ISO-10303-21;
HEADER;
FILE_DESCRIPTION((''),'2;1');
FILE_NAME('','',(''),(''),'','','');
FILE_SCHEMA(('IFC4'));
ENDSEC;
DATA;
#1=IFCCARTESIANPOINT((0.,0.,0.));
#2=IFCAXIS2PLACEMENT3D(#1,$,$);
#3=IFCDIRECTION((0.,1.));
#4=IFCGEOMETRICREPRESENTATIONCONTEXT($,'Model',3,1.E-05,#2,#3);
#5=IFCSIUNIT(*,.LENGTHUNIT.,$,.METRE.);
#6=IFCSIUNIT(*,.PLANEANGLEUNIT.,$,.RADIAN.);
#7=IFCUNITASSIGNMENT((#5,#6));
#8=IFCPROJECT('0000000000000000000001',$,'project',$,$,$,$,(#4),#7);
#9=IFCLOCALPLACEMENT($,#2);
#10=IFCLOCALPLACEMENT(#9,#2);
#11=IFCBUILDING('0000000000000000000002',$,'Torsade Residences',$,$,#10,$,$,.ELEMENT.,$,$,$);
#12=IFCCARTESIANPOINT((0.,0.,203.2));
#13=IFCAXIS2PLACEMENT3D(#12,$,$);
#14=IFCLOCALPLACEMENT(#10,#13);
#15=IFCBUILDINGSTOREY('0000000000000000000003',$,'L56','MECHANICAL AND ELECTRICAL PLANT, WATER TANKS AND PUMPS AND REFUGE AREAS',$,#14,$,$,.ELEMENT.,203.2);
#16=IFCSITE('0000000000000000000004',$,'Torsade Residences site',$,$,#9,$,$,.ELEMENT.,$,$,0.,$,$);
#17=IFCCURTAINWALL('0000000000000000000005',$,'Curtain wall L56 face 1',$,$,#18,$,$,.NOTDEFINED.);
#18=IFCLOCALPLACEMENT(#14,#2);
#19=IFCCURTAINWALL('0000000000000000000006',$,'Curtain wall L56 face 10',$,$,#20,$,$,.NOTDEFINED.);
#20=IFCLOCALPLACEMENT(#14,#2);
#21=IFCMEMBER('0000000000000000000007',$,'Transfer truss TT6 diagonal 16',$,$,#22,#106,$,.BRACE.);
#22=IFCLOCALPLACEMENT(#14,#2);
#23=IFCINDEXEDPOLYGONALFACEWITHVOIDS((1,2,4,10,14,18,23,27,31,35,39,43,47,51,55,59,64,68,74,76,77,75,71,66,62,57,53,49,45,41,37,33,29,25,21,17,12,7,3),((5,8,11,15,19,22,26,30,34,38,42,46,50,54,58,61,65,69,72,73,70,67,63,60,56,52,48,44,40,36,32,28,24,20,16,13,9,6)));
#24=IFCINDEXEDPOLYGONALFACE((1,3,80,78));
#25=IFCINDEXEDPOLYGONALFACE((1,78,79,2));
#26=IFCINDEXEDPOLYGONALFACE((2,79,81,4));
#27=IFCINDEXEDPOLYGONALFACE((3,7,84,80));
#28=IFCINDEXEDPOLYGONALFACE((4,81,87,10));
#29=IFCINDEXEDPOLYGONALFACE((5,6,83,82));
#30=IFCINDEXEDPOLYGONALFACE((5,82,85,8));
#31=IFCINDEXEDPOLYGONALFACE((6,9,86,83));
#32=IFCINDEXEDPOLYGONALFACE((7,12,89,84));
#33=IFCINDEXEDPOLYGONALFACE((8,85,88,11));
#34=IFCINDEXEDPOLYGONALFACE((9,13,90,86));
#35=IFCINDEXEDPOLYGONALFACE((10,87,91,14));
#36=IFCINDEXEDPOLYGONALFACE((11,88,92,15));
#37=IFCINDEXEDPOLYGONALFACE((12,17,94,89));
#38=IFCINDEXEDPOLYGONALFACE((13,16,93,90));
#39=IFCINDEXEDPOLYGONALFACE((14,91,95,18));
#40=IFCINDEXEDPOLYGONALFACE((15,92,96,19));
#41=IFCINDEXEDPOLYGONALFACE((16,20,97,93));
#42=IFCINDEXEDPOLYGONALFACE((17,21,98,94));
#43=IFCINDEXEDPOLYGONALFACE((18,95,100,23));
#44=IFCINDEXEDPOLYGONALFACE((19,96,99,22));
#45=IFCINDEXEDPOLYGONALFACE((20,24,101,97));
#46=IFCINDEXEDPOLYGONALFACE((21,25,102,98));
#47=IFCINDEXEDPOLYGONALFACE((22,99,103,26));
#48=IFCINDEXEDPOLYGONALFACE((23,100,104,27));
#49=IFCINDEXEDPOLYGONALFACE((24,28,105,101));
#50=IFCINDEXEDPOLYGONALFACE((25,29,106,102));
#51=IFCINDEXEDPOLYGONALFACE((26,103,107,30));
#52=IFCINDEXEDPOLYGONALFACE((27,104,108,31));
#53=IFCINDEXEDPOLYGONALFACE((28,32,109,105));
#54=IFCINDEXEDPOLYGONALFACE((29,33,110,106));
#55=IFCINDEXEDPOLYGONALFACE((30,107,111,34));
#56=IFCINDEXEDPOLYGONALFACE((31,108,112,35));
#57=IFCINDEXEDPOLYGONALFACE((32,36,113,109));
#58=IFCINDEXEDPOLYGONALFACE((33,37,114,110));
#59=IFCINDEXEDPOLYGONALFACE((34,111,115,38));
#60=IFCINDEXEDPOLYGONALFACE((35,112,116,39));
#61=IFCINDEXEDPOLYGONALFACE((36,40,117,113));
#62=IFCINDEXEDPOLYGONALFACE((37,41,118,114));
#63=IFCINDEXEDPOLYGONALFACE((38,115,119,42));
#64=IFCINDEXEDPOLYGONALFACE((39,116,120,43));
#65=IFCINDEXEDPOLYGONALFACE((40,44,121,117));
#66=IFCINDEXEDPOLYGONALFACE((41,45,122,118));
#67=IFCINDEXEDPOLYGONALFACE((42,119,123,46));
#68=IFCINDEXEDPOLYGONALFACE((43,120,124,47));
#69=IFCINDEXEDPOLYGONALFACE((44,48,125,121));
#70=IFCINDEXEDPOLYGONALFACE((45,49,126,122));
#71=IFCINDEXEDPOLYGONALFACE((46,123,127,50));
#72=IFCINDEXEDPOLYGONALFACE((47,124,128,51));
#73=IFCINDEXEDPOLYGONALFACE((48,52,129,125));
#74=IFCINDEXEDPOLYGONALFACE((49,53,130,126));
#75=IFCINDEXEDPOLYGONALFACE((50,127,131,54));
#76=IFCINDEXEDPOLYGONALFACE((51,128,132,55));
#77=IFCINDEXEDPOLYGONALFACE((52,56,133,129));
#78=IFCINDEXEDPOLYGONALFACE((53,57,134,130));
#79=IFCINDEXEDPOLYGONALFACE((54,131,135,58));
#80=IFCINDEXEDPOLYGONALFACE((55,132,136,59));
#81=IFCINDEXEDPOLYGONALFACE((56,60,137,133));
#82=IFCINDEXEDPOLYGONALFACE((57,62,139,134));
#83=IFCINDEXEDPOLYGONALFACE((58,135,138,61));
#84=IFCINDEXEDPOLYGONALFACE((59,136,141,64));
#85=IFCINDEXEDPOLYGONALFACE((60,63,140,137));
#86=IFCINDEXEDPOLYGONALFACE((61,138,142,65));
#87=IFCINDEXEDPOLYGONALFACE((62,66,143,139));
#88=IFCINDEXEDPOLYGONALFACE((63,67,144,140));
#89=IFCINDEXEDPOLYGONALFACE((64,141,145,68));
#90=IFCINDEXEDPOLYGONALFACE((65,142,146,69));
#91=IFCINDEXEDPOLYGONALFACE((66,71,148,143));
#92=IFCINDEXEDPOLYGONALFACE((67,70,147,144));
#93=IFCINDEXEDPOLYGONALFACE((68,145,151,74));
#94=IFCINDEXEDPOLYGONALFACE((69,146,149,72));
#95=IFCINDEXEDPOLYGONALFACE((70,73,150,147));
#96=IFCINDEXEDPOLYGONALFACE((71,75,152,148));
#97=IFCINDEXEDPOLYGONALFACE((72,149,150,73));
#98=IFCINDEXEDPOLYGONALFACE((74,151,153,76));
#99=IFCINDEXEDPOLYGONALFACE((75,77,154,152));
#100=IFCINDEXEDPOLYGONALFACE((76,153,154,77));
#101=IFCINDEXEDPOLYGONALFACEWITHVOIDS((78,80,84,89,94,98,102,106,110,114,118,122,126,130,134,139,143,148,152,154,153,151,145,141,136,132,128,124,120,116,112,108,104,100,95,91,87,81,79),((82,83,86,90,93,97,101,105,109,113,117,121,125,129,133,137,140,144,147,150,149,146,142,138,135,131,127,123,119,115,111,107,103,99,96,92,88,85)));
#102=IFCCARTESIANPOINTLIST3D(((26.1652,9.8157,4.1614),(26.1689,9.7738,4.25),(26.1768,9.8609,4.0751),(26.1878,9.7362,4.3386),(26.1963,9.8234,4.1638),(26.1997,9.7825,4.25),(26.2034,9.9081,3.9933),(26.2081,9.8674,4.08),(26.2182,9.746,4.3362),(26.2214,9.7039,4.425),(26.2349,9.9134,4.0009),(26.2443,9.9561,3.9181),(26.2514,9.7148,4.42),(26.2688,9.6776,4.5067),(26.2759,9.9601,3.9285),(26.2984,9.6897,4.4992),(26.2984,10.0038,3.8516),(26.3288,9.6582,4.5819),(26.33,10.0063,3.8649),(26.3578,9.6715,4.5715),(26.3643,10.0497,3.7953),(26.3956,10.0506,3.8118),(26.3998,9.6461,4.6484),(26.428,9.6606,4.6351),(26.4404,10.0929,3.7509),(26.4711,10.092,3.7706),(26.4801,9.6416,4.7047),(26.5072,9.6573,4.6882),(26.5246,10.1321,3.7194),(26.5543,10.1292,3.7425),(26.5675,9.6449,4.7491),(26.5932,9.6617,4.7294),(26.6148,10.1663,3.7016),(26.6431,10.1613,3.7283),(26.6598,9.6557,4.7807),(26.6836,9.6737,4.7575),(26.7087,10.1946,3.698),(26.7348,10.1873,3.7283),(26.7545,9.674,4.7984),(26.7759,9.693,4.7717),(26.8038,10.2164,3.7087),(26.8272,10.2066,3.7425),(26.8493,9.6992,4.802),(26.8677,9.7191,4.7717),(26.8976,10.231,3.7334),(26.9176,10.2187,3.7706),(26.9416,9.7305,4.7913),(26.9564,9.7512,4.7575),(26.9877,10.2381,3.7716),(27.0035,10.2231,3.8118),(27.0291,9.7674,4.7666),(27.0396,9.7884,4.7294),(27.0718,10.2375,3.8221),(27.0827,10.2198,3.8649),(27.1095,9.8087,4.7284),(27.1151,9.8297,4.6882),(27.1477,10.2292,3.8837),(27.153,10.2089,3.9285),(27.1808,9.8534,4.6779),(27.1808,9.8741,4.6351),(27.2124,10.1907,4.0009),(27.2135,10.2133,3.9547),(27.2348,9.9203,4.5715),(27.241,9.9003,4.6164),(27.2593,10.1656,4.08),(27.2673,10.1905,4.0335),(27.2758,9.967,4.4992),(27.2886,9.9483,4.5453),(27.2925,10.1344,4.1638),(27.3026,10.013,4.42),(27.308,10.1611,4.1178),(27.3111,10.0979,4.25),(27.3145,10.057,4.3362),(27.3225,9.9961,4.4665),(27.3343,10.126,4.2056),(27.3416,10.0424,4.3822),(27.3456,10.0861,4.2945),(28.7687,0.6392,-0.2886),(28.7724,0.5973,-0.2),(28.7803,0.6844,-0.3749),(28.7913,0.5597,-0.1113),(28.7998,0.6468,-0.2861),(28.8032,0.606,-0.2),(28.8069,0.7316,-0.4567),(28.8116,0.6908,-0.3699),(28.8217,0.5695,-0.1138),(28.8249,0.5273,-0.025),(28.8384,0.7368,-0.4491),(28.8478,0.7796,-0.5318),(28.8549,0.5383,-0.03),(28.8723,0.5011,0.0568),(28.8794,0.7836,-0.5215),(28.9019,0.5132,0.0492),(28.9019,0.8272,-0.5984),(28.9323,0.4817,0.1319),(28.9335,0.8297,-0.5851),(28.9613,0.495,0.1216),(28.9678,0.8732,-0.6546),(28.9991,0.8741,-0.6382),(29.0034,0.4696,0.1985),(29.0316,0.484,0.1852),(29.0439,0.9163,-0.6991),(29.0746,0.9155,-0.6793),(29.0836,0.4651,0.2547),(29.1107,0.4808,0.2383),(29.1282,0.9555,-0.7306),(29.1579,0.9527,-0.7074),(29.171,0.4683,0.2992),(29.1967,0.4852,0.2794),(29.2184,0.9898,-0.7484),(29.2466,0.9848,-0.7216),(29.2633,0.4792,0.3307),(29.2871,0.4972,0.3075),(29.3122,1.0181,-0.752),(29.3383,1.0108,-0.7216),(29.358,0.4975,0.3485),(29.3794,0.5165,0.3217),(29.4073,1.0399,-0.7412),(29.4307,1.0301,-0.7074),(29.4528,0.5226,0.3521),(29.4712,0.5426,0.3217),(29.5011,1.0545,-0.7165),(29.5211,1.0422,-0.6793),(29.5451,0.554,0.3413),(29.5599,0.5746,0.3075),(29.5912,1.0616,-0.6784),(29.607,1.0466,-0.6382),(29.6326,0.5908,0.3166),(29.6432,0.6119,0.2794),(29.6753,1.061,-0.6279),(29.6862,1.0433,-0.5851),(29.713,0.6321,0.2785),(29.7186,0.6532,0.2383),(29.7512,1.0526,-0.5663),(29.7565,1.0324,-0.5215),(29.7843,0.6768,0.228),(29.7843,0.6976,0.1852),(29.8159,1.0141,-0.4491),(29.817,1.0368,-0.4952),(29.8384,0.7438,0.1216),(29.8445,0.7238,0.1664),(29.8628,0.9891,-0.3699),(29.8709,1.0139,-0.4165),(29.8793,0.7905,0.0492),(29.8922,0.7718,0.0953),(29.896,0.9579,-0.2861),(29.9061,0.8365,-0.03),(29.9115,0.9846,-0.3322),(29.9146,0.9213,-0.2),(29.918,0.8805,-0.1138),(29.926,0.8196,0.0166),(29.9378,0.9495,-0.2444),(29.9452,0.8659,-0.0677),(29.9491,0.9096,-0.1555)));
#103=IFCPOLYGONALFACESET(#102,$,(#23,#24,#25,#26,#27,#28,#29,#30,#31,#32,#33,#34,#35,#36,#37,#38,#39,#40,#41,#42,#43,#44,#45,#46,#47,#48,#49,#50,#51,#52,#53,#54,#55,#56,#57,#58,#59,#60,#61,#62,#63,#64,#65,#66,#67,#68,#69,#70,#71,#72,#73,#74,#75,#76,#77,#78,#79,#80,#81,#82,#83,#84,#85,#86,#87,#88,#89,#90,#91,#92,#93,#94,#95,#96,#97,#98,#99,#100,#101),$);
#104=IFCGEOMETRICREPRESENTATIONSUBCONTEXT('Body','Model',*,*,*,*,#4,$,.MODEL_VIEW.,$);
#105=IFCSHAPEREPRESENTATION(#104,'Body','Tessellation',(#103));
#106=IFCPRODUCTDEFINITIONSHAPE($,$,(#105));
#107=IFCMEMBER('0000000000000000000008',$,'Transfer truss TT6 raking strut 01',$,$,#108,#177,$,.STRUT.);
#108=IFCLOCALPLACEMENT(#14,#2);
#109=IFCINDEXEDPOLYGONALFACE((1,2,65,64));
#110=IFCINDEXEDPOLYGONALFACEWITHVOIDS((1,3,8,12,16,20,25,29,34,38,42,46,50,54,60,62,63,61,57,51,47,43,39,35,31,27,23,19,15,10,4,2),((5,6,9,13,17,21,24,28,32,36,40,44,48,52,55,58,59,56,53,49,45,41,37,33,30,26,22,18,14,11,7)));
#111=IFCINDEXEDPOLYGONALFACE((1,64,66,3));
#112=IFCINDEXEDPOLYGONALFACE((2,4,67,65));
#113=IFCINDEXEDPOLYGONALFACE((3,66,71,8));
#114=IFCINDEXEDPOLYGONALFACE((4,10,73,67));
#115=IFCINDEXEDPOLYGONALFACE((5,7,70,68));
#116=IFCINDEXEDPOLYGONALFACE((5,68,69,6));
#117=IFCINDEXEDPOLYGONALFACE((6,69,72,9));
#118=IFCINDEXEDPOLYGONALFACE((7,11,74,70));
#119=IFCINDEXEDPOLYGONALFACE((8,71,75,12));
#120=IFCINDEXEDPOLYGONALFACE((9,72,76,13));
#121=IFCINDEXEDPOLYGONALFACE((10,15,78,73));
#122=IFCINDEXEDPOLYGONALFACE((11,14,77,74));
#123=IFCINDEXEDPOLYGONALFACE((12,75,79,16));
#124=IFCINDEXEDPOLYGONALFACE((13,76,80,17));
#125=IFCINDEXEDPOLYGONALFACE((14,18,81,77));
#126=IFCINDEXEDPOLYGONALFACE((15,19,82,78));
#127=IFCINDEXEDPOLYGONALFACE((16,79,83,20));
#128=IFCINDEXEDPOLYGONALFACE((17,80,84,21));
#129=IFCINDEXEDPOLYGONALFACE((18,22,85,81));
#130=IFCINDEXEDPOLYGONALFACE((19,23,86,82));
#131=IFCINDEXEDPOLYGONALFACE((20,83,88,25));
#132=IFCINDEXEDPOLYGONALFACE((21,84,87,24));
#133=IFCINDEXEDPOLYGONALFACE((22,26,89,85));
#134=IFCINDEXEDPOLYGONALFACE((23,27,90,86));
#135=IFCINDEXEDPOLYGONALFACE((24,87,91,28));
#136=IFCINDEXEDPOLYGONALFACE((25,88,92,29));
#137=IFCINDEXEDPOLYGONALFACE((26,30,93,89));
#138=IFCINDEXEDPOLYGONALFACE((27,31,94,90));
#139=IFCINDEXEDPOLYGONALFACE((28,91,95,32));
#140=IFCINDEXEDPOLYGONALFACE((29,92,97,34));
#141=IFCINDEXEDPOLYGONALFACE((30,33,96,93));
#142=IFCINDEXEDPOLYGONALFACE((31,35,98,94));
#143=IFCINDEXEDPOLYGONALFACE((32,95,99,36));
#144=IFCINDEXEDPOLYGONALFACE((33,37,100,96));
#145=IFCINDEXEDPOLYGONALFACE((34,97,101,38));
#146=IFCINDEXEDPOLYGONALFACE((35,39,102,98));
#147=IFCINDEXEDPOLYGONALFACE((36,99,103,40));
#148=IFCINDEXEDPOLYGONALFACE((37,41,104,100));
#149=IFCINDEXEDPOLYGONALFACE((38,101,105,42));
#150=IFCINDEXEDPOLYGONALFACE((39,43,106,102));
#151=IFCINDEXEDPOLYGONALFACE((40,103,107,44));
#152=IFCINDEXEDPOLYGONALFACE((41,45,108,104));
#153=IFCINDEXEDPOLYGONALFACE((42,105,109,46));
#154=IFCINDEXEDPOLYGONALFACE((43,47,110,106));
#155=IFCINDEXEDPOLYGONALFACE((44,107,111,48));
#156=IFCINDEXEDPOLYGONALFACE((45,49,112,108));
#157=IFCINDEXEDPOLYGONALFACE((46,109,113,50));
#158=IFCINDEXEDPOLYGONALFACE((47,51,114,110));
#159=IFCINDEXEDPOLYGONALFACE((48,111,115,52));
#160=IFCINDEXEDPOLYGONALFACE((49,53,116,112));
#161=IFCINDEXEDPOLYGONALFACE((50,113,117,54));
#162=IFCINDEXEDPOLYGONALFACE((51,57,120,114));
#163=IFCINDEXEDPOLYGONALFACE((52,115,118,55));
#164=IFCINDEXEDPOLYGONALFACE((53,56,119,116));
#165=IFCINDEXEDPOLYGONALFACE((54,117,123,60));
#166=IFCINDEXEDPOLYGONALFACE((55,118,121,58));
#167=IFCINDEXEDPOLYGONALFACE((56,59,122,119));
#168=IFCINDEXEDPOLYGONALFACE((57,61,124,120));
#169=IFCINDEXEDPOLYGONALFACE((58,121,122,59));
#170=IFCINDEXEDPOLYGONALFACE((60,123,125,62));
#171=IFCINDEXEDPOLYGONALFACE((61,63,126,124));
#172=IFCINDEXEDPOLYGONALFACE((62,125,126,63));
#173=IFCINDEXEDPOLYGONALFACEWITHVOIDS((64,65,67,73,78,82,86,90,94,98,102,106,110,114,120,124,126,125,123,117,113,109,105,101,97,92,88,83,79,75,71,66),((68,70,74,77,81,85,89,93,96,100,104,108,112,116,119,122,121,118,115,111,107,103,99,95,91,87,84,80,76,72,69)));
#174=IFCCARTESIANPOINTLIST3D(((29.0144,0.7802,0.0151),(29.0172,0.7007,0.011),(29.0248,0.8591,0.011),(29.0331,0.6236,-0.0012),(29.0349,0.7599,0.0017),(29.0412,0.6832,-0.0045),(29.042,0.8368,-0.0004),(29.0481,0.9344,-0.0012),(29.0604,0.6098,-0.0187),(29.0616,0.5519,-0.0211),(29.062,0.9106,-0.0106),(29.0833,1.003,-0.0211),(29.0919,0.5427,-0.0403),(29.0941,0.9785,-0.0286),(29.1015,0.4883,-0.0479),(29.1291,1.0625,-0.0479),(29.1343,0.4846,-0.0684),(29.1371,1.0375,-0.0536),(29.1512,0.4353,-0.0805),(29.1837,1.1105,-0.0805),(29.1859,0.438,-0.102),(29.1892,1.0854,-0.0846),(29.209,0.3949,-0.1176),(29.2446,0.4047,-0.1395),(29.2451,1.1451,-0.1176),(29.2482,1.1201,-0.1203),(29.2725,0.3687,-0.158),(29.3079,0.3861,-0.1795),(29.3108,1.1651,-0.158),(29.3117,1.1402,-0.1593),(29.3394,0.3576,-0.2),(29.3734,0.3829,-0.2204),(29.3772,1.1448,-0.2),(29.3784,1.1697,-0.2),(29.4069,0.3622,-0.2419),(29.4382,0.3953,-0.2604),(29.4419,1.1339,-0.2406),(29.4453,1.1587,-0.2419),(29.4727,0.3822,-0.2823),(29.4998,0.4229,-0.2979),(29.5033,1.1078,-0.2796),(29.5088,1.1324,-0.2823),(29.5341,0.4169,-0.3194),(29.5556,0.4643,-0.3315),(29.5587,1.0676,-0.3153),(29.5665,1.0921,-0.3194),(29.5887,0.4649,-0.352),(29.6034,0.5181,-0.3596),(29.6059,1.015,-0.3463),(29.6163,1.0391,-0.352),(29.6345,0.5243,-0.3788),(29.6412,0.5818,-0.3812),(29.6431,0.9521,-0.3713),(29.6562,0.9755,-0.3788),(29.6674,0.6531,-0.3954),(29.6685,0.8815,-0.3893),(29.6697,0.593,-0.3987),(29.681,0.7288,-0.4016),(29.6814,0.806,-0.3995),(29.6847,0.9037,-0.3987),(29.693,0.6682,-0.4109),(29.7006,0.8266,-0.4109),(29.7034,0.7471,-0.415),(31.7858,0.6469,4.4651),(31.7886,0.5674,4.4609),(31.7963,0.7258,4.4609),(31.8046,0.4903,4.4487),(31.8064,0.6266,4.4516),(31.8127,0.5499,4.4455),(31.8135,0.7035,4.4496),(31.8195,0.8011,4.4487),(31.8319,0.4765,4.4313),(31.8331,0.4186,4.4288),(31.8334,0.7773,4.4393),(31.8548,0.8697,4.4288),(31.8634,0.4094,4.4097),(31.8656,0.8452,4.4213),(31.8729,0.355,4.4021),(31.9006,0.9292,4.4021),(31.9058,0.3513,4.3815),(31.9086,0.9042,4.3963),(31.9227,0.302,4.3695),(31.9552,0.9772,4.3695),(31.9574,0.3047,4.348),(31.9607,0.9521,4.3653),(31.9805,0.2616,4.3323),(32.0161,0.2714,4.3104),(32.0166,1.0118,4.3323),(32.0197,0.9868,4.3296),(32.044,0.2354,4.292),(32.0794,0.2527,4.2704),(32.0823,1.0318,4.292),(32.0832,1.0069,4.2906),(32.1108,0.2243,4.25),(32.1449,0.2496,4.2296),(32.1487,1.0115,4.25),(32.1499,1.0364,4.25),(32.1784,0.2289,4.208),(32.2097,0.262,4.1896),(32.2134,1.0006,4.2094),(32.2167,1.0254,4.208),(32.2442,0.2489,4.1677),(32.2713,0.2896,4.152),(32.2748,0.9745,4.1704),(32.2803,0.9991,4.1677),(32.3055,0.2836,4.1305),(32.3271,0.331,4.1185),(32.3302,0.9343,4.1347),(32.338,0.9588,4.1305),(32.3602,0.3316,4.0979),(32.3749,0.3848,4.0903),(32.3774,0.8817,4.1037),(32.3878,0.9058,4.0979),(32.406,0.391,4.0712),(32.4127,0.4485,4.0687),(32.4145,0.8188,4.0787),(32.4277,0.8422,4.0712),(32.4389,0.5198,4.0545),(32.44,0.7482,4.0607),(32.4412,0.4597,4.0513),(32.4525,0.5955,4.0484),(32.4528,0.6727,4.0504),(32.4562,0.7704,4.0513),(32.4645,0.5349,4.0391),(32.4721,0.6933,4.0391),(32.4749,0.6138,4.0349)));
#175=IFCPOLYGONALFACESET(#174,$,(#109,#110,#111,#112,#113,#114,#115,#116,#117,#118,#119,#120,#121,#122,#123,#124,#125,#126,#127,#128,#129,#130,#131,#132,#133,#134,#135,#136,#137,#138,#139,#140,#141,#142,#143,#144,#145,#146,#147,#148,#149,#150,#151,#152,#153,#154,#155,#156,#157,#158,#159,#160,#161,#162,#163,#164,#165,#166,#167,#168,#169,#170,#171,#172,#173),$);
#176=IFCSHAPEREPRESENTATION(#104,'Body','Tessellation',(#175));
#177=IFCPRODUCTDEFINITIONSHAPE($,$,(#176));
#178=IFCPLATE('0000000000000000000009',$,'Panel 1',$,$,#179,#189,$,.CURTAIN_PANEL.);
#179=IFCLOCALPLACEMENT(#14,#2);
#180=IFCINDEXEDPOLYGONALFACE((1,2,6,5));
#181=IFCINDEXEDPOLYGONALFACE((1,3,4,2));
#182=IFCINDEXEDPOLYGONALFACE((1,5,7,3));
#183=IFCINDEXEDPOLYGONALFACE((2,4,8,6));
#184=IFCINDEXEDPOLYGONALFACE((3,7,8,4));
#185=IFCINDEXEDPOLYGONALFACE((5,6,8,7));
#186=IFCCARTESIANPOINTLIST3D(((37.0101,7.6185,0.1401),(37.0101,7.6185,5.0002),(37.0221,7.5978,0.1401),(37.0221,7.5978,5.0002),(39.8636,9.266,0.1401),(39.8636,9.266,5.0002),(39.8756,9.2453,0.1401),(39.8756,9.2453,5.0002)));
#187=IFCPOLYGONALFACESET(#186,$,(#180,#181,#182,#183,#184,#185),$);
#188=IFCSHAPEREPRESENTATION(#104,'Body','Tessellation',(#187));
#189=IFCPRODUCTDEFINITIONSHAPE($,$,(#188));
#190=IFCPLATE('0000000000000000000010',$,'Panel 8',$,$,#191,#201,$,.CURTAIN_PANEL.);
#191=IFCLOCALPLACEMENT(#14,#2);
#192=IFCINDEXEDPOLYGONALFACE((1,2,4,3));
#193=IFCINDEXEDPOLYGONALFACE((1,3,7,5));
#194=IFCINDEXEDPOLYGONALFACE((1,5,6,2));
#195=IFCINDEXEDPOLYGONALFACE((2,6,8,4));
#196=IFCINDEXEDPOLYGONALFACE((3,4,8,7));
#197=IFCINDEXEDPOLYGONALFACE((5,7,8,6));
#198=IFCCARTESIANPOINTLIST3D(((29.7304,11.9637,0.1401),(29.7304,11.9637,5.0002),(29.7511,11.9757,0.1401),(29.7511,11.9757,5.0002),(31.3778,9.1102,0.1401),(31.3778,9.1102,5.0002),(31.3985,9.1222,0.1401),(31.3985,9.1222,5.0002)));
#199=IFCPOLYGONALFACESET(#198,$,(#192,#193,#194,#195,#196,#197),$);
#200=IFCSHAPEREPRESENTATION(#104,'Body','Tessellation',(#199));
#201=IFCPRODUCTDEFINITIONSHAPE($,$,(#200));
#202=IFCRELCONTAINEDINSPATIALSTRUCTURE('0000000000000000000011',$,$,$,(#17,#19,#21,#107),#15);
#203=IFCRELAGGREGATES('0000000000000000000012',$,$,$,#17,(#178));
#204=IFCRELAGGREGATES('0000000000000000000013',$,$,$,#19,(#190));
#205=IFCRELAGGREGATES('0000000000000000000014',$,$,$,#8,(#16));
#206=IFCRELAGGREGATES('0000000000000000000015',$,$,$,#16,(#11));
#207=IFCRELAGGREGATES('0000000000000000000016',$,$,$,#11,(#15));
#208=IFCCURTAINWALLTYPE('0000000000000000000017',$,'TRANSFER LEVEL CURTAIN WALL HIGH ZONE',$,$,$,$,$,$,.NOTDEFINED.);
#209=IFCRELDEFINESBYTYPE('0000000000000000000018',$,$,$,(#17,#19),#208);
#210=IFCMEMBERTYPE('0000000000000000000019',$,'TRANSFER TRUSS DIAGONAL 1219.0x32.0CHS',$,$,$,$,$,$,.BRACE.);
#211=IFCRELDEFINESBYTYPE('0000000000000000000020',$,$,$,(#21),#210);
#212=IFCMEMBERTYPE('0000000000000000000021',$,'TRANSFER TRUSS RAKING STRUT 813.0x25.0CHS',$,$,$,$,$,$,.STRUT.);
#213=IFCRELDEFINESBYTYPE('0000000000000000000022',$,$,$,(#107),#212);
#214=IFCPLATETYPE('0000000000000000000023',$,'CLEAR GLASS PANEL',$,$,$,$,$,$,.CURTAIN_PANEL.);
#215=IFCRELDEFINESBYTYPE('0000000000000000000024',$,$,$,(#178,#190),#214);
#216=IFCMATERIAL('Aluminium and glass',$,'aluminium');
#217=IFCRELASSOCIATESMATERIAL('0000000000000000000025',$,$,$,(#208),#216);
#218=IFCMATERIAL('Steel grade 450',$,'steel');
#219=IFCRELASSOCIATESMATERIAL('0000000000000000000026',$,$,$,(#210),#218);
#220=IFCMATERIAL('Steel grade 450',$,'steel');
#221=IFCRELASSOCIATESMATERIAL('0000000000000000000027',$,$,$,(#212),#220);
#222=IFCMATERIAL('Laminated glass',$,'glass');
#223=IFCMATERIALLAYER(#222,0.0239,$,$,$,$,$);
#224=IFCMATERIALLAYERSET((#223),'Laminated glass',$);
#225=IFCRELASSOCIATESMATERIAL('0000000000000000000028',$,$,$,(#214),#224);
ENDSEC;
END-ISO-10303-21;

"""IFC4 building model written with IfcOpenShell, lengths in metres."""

from ifc_helpers import new_model, si_unit, direction, frame, origin, origin_2d, place, context, subcontext, project, spatial, rectangle, hollow_circle, extrude, material, layer, layer_set, material_profile, profile_set, type_object, element, aggregate, save


model = new_model("IFC4")

# Units and contexts
model_context = context("Model", 3, precision=1e-05, world=origin(), true_north=direction((0.0, 1.0)))
body_context = subcontext(model_context, "Body", "Model", "MODEL_VIEW")
ifc_project = project(units=[si_unit("LENGTHUNIT", "METRE"), si_unit("PLANEANGLEUNIT", "RADIAN")], contexts=[model_context])

# Site, building, storey
site_placement = place(None, origin())
site = spatial("IfcSite", under=ifc_project, at=site_placement, Name="Torsade Residences site", CompositionType="ELEMENT", RefElevation=0.0)
building_placement = place(site_placement, origin())
building = spatial("IfcBuilding", under=site, at=building_placement, Name="Torsade Residences", CompositionType="ELEMENT")
storey_placement = place(building_placement, frame((0.0, 0.0, 203.2)))
storey = spatial("IfcBuildingStorey", under=building, at=storey_placement, Name="L56", Description="MECHANICAL AND ELECTRICAL PLANT, WATER TANKS AND PUMPS AND REFUGE AREAS", CompositionType="ELEMENT", Elevation=203.2)

# Curtain wall
ifc_material_1 = material(Name="Aluminium and glass", Category="aluminium")
curtain_wall_type = type_object("IfcCurtainWallType", Name="TRANSFER LEVEL CURTAIN WALL HIGH ZONE", PredefinedType="NOTDEFINED", material=ifc_material_1)
curtain_wall_1_placement = place(storey_placement, origin())
curtain_wall_1 = element("IfcCurtainWall", 1, at=curtain_wall_1_placement, inside=storey, type_object=curtain_wall_type, Name="Curtain wall L56 face 1", PredefinedType="NOTDEFINED")

# Curtain wall
curtain_wall_2_placement = place(storey_placement, origin())
curtain_wall_2 = element("IfcCurtainWall", 2, at=curtain_wall_2_placement, inside=storey, type_object=curtain_wall_type, Name="Curtain wall L56 face 10", PredefinedType="NOTDEFINED")

# Members
ifc_material_2 = material(Name="Steel grade 450", Category="steel")
ifc_material_profile_1 = material_profile(ifc_material_2, hollow_circle(Radius=0.6096, WallThickness=0.032, at=origin_2d()), Name="1219.0x32.0CHS")
ifc_profile_set_1 = profile_set([ifc_material_profile_1], Name="Steel grade 450")
member_type_1 = type_object("IfcMemberType", Name="TRANSFER TRUSS DIAGONAL 1219.0x32.0CHS", PredefinedType="BRACE", material=ifc_profile_set_1)
member_1_placement = place(storey_placement, frame((29.3589, 0.7637, -0.2), z_axis=(-0.24735, 0.871826, 0.422773), x_axis=(-0.96203, -0.272943, 0.0)))
element("IfcMember", 3, at=member_1_placement, inside=storey, type_object=member_type_1, Name="Transfer truss TT6 diagonal 16", PredefinedType="BRACE", context=body_context, shape_type="SweptSolid", body=[
    extrude(hollow_circle(Radius=0.6096, WallThickness=0.032, at=origin_2d()), origin(), (0.0, 0.0, 1.0), 10.5256),
])
ifc_material_3 = material(Name="Steel grade 450", Category="steel")
ifc_material_profile_2 = material_profile(ifc_material_3, hollow_circle(Radius=0.4065, WallThickness=0.0249, at=origin_2d()), Name="813.0x25.0CHS")
ifc_profile_set_2 = profile_set([ifc_material_profile_2], Name="Steel grade 450")
member_type_2 = type_object("IfcMemberType", Name="TRANSFER TRUSS RAKING STRUT 813.0x25.0CHS", PredefinedType="STRUT", material=ifc_profile_set_2)
member_2_placement = place(storey_placement, frame((29.3589, 0.7637, -0.2), z_axis=(0.528492, -0.025419, 0.848558), x_axis=(0.048042, 0.998845, 0.0)))
element("IfcMember", 4, at=member_2_placement, inside=storey, type_object=member_type_2, Name="Transfer truss TT6 raking strut 01", PredefinedType="STRUT", context=body_context, shape_type="SweptSolid", body=[
    extrude(hollow_circle(Radius=0.4065, WallThickness=0.0249, at=origin_2d()), origin(), (0.0, 0.0, 1.0), 5.2441),
])

# Plates
ifc_material_4 = material(Name="Laminated glass", Category="glass")
ifc_layer = layer(ifc_material_4, 0.0239)
ifc_layer_set = layer_set([ifc_layer], Name="Laminated glass")
plate_type = type_object("IfcPlateType", Name="CLEAR GLASS PANEL", PredefinedType="CURTAIN_PANEL", material=ifc_layer_set)
plate_1_placement = place(storey_placement, frame((38.4429, 8.4319, 0.1401), z_axis=(0.0, 0.0, 1.0), x_axis=(0.866025, 0.5, 0.0)))
plate_1 = element("IfcPlate", 5, at=plate_1_placement, type_object=plate_type, Name="Panel 1", PredefinedType="CURTAIN_PANEL", context=body_context, shape_type="SweptSolid", body=[
    extrude(rectangle(XDim=3.2949, YDim=0.0239, at=origin_2d()), origin(), (0.0, 0.0, 1.0), 4.8601),
])
aggregate(curtain_wall_1, [plate_1])
plate_2_placement = place(storey_placement, frame((30.5645, 10.543, 0.1401), z_axis=(0.0, 0.0, 1.0), x_axis=(0.5, -0.866025, 0.0)))
plate_2 = element("IfcPlate", 6, at=plate_2_placement, type_object=plate_type, Name="Panel 8", PredefinedType="CURTAIN_PANEL", context=body_context, shape_type="SweptSolid", body=[
    extrude(rectangle(XDim=3.2949, YDim=0.0239, at=origin_2d()), origin(), (0.0, 0.0, 1.0), 4.8601),
])
aggregate(curtain_wall_2, [plate_2])

save(model, "model.ifc")
